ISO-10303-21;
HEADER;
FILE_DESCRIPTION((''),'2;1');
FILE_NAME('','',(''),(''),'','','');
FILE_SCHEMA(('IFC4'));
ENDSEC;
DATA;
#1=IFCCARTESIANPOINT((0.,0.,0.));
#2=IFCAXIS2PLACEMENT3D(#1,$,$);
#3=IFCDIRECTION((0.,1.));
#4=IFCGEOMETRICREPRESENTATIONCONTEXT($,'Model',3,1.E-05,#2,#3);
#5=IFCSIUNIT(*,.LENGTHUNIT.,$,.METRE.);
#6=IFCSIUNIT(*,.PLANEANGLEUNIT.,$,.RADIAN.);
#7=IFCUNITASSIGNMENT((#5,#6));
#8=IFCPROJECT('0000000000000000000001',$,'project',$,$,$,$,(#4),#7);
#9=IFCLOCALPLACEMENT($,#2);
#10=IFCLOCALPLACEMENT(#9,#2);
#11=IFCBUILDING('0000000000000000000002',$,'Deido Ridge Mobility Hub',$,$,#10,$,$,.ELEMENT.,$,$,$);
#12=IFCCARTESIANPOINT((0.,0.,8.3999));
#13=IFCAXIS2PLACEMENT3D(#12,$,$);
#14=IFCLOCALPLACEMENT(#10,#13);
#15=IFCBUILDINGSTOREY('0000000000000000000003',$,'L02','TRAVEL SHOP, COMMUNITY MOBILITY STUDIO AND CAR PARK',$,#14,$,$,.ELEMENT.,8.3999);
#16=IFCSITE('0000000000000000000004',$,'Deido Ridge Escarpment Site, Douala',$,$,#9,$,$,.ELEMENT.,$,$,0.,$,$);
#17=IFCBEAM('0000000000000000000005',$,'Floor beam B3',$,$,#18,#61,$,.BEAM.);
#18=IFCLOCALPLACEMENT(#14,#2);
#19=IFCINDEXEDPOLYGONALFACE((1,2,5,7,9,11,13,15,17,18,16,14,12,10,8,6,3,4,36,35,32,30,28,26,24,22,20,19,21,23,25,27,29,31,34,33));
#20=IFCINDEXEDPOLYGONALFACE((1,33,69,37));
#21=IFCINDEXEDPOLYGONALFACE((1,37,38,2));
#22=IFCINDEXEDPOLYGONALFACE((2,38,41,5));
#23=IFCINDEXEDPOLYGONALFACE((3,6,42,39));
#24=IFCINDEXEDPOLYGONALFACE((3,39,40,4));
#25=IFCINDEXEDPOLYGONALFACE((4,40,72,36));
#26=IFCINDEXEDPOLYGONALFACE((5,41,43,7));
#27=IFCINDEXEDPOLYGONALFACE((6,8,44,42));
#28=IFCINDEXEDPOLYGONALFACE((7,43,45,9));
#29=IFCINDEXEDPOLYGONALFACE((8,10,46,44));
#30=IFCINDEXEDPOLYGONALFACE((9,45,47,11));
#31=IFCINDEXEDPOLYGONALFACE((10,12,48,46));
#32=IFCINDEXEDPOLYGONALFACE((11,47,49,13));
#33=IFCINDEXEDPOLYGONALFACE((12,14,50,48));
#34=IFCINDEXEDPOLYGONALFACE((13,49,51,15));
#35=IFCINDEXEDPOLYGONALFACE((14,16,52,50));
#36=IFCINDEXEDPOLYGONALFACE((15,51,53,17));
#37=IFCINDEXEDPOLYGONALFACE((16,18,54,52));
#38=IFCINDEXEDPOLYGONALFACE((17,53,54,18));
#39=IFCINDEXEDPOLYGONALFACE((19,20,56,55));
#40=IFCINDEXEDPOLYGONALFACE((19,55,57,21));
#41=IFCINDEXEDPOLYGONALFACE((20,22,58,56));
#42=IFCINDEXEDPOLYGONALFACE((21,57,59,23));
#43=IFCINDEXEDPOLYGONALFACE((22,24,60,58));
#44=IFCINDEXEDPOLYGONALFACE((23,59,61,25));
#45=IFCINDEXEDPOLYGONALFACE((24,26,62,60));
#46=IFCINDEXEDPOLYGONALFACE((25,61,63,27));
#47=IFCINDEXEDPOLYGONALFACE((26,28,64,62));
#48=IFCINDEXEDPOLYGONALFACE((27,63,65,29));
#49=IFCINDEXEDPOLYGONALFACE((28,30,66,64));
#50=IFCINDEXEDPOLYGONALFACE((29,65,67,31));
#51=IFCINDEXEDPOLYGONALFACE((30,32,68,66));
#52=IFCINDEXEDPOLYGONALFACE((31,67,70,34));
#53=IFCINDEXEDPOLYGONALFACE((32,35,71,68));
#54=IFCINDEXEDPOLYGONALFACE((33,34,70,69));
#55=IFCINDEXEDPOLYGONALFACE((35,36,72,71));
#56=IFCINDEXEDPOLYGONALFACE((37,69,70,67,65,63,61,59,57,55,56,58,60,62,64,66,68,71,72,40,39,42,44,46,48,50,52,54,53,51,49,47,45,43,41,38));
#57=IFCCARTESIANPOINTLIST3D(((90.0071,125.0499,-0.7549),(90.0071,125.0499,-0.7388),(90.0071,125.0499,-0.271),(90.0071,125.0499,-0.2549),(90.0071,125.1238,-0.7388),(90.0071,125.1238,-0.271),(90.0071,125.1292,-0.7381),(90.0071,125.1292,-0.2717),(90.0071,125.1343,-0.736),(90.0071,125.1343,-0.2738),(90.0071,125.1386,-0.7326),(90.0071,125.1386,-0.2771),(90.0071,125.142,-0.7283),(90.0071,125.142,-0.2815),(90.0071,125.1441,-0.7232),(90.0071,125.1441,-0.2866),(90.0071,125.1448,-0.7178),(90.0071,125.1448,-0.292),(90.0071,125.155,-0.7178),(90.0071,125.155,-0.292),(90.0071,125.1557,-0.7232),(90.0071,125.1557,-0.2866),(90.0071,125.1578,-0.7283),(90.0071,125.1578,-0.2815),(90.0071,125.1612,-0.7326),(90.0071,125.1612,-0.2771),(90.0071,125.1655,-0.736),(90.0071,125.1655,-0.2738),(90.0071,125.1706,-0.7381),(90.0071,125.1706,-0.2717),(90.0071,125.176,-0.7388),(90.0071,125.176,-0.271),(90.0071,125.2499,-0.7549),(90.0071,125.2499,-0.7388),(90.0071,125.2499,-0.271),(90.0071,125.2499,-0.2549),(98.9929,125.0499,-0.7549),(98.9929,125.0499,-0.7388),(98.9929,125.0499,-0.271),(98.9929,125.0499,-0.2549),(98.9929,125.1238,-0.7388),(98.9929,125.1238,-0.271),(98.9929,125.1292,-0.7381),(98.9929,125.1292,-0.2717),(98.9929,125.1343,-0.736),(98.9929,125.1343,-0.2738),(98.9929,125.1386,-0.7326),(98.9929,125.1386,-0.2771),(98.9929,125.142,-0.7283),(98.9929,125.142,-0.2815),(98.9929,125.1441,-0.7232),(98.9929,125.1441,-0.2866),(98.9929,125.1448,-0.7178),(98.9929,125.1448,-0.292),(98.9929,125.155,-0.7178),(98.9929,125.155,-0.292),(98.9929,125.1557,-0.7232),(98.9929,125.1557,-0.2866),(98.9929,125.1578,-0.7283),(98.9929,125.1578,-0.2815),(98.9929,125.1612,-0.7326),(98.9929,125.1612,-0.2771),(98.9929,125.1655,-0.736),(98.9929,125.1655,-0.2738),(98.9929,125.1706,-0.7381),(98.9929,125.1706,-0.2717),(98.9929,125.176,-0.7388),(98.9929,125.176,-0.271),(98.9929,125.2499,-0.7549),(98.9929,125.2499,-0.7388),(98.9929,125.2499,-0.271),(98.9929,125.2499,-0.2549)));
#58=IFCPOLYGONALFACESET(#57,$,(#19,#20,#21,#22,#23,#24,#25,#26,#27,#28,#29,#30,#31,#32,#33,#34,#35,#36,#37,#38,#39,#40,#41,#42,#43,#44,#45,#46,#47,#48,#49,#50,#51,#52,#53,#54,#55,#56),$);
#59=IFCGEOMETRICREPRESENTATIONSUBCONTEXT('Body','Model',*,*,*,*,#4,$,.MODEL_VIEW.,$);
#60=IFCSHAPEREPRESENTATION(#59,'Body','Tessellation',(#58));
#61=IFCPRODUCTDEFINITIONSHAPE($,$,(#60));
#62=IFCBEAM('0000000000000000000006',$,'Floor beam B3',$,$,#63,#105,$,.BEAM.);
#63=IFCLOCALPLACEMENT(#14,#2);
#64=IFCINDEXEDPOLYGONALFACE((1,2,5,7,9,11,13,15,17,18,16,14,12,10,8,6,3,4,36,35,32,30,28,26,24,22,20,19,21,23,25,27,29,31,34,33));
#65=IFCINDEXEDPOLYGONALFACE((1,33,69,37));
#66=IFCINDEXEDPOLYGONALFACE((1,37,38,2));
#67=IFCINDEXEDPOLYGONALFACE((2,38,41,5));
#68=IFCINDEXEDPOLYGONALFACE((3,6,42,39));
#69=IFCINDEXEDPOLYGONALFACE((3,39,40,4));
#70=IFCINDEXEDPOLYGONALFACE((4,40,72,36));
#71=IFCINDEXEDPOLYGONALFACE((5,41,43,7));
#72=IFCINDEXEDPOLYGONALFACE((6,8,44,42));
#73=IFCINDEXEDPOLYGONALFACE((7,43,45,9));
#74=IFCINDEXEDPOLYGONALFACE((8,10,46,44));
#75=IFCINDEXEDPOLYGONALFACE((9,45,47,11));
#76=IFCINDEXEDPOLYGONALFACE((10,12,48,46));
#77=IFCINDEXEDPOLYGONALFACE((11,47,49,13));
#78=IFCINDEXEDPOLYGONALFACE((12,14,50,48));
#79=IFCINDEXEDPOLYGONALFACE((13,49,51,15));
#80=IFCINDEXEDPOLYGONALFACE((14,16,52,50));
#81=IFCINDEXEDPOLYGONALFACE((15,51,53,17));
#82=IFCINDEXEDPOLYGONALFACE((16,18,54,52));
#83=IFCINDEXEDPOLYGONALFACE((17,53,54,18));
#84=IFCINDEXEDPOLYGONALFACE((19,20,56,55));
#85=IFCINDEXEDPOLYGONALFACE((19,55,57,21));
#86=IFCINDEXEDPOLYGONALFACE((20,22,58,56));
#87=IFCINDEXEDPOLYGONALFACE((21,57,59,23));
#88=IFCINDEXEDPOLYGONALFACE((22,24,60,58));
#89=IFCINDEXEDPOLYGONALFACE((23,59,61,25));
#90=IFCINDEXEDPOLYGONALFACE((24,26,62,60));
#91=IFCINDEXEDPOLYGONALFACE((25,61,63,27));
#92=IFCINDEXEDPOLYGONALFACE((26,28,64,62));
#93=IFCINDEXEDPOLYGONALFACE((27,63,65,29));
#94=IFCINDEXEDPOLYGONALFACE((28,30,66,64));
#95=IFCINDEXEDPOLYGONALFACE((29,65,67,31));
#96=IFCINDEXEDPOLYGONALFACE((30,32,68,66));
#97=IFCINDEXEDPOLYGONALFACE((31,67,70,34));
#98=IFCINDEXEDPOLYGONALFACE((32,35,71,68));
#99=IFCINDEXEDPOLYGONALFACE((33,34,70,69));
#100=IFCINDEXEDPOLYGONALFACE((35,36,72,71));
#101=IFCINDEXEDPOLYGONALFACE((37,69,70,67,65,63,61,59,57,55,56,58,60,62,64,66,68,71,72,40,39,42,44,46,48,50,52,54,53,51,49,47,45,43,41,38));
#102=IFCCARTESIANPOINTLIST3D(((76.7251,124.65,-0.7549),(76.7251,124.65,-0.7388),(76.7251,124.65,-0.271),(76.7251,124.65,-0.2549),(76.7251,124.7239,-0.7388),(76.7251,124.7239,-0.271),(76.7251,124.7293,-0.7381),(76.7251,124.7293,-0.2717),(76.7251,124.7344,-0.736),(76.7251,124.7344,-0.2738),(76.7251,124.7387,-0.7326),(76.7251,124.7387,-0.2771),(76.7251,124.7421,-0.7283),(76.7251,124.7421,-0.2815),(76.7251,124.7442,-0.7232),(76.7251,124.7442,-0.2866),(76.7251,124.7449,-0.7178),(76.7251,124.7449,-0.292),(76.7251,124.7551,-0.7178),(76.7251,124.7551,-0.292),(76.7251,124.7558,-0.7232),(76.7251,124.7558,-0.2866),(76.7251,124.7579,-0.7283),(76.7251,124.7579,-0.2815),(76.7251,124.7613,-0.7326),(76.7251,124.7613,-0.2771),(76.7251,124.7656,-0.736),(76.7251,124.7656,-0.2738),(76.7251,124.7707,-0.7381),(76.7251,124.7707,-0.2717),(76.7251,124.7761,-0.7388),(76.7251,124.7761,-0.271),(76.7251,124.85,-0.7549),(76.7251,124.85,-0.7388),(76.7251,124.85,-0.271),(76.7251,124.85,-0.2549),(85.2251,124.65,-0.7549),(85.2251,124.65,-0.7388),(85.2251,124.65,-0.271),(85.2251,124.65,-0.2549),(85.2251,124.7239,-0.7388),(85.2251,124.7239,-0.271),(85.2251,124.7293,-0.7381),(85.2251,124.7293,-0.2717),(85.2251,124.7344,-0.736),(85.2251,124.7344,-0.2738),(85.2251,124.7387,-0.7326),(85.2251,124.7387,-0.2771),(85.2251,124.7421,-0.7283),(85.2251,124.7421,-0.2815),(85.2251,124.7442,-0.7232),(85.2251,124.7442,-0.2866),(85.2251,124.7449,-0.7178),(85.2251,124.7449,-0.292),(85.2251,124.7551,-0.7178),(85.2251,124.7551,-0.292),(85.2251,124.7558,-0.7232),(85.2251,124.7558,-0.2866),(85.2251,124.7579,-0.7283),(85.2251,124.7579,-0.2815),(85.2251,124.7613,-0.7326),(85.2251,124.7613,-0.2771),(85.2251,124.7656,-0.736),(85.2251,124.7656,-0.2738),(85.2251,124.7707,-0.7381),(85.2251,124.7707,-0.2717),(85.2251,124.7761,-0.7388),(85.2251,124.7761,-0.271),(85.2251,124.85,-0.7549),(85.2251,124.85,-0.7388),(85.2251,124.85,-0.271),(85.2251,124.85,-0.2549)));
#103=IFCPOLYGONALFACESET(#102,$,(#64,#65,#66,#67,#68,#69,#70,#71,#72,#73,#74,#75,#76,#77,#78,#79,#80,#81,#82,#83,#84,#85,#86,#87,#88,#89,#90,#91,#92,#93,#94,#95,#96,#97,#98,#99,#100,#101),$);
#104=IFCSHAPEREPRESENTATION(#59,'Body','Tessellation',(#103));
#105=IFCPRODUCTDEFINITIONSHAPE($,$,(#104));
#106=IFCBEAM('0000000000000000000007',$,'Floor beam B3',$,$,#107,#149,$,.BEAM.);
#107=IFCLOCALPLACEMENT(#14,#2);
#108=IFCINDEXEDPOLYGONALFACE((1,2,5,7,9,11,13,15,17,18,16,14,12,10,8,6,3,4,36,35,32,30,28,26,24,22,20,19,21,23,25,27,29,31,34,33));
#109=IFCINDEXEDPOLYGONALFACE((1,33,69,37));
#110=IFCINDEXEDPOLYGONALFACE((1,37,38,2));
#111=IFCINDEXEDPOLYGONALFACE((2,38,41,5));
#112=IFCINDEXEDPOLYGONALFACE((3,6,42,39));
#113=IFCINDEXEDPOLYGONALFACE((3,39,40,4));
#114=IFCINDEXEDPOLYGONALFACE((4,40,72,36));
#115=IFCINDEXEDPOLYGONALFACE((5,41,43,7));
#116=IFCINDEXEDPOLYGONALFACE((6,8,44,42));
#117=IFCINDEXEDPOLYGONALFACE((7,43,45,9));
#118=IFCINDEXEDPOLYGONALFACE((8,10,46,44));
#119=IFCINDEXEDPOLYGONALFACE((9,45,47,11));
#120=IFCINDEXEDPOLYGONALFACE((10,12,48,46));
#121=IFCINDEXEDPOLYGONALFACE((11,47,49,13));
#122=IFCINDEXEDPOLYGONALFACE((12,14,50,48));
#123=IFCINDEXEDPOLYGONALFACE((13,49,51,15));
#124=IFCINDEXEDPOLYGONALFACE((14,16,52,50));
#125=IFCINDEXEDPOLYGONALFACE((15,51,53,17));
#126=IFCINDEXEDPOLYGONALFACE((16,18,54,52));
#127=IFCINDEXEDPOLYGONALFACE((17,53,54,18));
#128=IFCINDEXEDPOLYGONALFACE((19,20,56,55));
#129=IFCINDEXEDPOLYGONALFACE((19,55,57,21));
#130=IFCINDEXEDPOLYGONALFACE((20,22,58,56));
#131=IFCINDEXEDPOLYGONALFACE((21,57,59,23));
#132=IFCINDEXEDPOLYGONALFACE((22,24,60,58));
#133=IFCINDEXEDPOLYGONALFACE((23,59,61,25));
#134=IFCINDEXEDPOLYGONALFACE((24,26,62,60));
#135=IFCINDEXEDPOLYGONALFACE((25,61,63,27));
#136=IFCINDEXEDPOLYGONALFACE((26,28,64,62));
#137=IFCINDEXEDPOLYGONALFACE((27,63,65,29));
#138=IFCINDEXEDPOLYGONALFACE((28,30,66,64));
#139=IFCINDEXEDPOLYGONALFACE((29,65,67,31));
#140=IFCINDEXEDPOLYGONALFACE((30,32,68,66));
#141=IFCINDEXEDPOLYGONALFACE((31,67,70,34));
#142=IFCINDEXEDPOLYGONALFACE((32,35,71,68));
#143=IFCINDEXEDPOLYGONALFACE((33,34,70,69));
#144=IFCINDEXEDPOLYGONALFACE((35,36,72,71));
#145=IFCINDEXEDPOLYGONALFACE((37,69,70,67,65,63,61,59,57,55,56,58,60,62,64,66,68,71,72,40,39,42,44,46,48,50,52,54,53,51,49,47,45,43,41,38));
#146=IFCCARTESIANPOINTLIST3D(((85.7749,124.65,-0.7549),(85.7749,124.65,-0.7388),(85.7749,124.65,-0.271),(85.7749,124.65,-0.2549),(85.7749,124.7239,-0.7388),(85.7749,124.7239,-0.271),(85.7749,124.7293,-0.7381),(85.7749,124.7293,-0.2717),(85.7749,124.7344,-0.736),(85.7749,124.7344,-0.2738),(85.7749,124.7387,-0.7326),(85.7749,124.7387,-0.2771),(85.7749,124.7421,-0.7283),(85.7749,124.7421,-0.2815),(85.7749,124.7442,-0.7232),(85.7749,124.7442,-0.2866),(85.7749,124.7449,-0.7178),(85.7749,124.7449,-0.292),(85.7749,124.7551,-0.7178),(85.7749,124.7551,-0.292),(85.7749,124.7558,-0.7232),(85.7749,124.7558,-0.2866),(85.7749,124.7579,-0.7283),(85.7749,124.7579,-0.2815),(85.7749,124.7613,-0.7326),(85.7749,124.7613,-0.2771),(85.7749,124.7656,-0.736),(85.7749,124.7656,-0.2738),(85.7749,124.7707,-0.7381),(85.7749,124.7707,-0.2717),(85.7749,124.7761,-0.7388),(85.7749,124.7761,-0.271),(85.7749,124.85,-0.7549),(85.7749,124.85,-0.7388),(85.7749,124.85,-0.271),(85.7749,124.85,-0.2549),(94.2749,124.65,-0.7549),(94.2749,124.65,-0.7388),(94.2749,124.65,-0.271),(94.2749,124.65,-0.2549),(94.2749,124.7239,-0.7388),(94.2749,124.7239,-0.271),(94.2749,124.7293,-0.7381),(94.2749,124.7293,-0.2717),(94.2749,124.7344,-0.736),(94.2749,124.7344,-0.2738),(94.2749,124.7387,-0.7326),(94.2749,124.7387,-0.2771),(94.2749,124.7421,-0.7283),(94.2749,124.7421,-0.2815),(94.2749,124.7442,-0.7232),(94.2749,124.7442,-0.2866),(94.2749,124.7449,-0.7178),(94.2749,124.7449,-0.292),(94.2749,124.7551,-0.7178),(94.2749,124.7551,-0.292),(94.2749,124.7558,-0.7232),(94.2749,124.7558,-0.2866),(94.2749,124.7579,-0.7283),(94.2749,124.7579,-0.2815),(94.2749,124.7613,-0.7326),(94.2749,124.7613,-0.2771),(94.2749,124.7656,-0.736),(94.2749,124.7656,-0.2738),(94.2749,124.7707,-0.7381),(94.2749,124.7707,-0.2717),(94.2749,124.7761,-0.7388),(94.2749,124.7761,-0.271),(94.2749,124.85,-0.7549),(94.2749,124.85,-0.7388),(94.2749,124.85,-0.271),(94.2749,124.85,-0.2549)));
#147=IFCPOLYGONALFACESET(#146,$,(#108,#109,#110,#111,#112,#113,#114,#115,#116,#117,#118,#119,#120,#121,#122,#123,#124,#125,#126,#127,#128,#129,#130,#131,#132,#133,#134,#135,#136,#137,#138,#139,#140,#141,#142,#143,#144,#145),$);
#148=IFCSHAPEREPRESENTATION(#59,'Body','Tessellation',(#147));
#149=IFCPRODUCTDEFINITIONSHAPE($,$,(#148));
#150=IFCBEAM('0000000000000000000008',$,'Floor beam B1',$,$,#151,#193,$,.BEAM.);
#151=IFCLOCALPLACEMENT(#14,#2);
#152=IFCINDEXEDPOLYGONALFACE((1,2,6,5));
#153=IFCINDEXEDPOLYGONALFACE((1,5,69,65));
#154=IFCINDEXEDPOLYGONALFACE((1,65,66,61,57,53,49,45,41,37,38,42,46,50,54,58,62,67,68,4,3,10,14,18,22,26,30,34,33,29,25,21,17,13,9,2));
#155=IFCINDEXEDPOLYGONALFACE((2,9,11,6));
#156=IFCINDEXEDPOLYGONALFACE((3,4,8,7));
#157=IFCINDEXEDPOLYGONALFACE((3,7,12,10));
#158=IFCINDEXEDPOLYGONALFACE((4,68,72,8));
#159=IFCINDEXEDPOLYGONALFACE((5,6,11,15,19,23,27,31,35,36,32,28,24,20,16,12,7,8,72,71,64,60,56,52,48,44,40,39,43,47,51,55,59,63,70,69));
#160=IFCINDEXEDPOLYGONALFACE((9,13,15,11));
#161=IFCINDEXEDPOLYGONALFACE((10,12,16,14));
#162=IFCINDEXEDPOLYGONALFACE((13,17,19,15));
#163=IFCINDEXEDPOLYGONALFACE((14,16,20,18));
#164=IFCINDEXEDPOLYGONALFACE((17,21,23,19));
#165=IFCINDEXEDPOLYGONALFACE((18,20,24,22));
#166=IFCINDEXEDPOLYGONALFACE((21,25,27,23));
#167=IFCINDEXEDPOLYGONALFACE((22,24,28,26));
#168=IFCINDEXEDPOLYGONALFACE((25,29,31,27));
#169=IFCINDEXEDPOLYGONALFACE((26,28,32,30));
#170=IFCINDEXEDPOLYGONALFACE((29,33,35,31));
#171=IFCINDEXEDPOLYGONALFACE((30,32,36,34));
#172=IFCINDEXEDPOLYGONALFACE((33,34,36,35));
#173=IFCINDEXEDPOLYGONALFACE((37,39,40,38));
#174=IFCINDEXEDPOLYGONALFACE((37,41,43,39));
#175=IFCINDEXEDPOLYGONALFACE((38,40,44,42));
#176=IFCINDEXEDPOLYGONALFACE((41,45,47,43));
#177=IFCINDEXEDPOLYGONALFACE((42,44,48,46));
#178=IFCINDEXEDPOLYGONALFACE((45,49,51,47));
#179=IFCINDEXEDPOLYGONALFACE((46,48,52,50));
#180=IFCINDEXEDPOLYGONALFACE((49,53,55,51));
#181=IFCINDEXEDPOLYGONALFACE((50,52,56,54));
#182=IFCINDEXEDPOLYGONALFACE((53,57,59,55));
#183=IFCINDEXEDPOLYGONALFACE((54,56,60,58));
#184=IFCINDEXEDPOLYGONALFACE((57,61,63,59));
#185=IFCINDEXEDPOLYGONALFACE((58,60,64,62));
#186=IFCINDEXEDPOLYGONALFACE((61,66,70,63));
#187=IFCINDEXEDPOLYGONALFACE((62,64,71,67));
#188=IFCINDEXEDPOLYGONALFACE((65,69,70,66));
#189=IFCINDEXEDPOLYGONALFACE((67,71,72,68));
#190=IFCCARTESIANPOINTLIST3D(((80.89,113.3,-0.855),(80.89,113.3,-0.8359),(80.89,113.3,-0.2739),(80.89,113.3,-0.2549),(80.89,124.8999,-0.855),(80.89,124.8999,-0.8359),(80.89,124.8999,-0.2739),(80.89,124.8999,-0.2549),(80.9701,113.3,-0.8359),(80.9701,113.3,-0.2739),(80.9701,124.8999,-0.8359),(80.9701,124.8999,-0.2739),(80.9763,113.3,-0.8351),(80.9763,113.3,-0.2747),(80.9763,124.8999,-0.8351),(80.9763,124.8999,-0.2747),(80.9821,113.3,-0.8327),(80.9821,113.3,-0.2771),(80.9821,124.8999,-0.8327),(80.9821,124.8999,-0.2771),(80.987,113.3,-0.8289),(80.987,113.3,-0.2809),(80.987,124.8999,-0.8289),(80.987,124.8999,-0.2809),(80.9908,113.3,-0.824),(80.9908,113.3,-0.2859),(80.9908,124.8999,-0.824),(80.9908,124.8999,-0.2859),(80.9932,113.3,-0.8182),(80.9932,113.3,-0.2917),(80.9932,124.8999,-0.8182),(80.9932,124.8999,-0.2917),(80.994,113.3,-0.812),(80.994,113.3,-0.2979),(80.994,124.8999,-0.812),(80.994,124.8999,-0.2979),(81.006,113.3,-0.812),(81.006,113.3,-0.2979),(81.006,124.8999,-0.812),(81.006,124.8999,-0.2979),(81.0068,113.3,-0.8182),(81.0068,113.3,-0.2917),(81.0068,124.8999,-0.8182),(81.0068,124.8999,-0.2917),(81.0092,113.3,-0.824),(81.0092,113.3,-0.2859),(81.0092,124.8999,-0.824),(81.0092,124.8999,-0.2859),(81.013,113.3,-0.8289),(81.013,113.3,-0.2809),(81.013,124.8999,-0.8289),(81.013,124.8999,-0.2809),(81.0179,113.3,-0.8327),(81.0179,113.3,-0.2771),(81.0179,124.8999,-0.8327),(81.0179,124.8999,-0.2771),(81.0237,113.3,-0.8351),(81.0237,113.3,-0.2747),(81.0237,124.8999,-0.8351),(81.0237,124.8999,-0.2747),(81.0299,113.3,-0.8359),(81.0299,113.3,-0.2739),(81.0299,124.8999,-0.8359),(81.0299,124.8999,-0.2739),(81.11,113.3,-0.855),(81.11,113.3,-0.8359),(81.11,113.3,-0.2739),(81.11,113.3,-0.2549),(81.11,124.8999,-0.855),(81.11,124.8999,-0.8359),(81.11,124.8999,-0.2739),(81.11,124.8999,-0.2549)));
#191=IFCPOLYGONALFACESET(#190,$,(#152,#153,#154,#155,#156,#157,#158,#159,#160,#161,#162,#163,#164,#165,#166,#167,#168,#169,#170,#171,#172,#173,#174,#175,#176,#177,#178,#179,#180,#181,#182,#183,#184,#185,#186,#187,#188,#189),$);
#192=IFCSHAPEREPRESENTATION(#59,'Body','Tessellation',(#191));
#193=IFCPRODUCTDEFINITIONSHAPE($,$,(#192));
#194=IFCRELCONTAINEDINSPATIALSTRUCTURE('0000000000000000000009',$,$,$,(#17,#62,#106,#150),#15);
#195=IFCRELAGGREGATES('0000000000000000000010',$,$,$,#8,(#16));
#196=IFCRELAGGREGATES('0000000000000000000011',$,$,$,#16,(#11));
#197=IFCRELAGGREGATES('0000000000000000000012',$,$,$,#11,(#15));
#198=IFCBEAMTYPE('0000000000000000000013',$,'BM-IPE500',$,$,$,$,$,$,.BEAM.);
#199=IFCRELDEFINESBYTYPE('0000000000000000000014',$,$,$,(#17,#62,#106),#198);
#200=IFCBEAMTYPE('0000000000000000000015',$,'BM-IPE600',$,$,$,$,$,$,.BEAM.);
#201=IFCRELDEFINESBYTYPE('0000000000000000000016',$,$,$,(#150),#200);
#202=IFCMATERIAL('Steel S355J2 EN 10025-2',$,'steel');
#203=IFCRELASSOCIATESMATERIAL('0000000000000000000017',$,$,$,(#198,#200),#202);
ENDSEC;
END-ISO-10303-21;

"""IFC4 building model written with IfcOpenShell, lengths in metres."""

from ifc_helpers import new_model, si_unit, direction, frame, origin, origin_2d, place, context, subcontext, project, spatial, i_section, extrude, material, material_profile, profile_set, type_object, element, save


model = new_model("IFC4")

# Units and contexts
model_context = context("Model", 3, precision=1e-05, world=origin(), true_north=direction((0.0, 1.0)))
body_context = subcontext(model_context, "Body", "Model", "MODEL_VIEW")
ifc_project = project(units=[si_unit("LENGTHUNIT", "METRE"), si_unit("PLANEANGLEUNIT", "RADIAN")], contexts=[model_context])

# Site, building, storey
site_placement = place(None, origin())
site = spatial("IfcSite", under=ifc_project, at=site_placement, Name="Deido Ridge Escarpment Site, Douala", CompositionType="ELEMENT", RefElevation=0.0)
building_placement = place(site_placement, origin())
building = spatial("IfcBuilding", under=site, at=building_placement, Name="Deido Ridge Mobility Hub", CompositionType="ELEMENT")
storey_placement = place(building_placement, frame((0.0, 0.0, 8.3999)))
storey = spatial("IfcBuildingStorey", under=building, at=storey_placement, Name="L02", Description="TRAVEL SHOP, COMMUNITY MOBILITY STUDIO AND CAR PARK", CompositionType="ELEMENT", Elevation=8.3999)

# Shared definitions
ifc_material_1 = material(Name="Steel S355J2 EN 10025-2", Category="steel")

# Beams
ifc_material_profile_1 = material_profile(ifc_material_1, i_section(OverallWidth=0.2, OverallDepth=0.5, WebThickness=0.0103, FlangeThickness=0.0161, FilletRadius=0.021, at=origin_2d()), Name="IPE 500")
ifc_profile_set_1 = profile_set([ifc_material_profile_1], Name="Steel S355J2 EN 10025-2")
beam_type_1 = type_object("IfcBeamType", Name="BM-IPE500", PredefinedType="BEAM", material=ifc_profile_set_1)
for number, where, z_axis, x_axis, name in (
    (1, (90.0071, 125.1499, -0.5049), (1.0, 0.0, 0.0), (0.0, 1.0, 0.0), "Floor beam B3"),
):
    element("IfcBeam", number, at=place(storey_placement, frame(where, z_axis=z_axis, x_axis=x_axis)), inside=storey, type_object=beam_type_1, Name=name, PredefinedType="BEAM", context=body_context, shape_type="SweptSolid", body=[
        extrude(i_section(OverallWidth=0.2, OverallDepth=0.5, WebThickness=0.0103, FlangeThickness=0.0161, FilletRadius=0.021, at=origin_2d()), origin(), (0.0, 0.0, 1.0), 8.9858),
    ])
for number, where, z_axis, x_axis, name in (
    (2, (76.7251, 124.75, -0.5049), (1.0, 0.0, 0.0), (0.0, 1.0, 0.0), "Floor beam B3"),
    (3, (85.7749, 124.75, -0.5049), (1.0, 0.0, 0.0), (0.0, 1.0, 0.0), "Floor beam B3"),
):
    element("IfcBeam", number, at=place(storey_placement, frame(where, z_axis=z_axis, x_axis=x_axis)), inside=storey, type_object=beam_type_1, Name=name, PredefinedType="BEAM", context=body_context, shape_type="SweptSolid", body=[
        extrude(i_section(OverallWidth=0.2, OverallDepth=0.5, WebThickness=0.0103, FlangeThickness=0.0161, FilletRadius=0.021, at=origin_2d()), origin(), (0.0, 0.0, 1.0), 8.5),
    ])
ifc_material_profile_2 = material_profile(ifc_material_1, i_section(OverallWidth=0.22, OverallDepth=0.6001, WebThickness=0.012, FlangeThickness=0.019, FilletRadius=0.0239, at=origin_2d()), Name="IPE 600")
ifc_profile_set_2 = profile_set([ifc_material_profile_2], Name="Steel S355J2 EN 10025-2")
beam_type_2 = type_object("IfcBeamType", Name="BM-IPE600", PredefinedType="BEAM", material=ifc_profile_set_2)
for number, where, z_axis, x_axis, name in (
    (4, (81.0, 113.3, -0.5549), (0.0, 1.0, 0.0), (-1.0, 0.0, 0.0), "Floor beam B1"),
):
    element("IfcBeam", number, at=place(storey_placement, frame(where, z_axis=z_axis, x_axis=x_axis)), inside=storey, type_object=beam_type_2, Name=name, PredefinedType="BEAM", context=body_context, shape_type="SweptSolid", body=[
        extrude(i_section(OverallWidth=0.22, OverallDepth=0.6001, WebThickness=0.012, FlangeThickness=0.019, FilletRadius=0.0239, at=origin_2d()), origin(), (0.0, 0.0, 1.0), 11.5999),
    ])

save(model, "model.ifc")
